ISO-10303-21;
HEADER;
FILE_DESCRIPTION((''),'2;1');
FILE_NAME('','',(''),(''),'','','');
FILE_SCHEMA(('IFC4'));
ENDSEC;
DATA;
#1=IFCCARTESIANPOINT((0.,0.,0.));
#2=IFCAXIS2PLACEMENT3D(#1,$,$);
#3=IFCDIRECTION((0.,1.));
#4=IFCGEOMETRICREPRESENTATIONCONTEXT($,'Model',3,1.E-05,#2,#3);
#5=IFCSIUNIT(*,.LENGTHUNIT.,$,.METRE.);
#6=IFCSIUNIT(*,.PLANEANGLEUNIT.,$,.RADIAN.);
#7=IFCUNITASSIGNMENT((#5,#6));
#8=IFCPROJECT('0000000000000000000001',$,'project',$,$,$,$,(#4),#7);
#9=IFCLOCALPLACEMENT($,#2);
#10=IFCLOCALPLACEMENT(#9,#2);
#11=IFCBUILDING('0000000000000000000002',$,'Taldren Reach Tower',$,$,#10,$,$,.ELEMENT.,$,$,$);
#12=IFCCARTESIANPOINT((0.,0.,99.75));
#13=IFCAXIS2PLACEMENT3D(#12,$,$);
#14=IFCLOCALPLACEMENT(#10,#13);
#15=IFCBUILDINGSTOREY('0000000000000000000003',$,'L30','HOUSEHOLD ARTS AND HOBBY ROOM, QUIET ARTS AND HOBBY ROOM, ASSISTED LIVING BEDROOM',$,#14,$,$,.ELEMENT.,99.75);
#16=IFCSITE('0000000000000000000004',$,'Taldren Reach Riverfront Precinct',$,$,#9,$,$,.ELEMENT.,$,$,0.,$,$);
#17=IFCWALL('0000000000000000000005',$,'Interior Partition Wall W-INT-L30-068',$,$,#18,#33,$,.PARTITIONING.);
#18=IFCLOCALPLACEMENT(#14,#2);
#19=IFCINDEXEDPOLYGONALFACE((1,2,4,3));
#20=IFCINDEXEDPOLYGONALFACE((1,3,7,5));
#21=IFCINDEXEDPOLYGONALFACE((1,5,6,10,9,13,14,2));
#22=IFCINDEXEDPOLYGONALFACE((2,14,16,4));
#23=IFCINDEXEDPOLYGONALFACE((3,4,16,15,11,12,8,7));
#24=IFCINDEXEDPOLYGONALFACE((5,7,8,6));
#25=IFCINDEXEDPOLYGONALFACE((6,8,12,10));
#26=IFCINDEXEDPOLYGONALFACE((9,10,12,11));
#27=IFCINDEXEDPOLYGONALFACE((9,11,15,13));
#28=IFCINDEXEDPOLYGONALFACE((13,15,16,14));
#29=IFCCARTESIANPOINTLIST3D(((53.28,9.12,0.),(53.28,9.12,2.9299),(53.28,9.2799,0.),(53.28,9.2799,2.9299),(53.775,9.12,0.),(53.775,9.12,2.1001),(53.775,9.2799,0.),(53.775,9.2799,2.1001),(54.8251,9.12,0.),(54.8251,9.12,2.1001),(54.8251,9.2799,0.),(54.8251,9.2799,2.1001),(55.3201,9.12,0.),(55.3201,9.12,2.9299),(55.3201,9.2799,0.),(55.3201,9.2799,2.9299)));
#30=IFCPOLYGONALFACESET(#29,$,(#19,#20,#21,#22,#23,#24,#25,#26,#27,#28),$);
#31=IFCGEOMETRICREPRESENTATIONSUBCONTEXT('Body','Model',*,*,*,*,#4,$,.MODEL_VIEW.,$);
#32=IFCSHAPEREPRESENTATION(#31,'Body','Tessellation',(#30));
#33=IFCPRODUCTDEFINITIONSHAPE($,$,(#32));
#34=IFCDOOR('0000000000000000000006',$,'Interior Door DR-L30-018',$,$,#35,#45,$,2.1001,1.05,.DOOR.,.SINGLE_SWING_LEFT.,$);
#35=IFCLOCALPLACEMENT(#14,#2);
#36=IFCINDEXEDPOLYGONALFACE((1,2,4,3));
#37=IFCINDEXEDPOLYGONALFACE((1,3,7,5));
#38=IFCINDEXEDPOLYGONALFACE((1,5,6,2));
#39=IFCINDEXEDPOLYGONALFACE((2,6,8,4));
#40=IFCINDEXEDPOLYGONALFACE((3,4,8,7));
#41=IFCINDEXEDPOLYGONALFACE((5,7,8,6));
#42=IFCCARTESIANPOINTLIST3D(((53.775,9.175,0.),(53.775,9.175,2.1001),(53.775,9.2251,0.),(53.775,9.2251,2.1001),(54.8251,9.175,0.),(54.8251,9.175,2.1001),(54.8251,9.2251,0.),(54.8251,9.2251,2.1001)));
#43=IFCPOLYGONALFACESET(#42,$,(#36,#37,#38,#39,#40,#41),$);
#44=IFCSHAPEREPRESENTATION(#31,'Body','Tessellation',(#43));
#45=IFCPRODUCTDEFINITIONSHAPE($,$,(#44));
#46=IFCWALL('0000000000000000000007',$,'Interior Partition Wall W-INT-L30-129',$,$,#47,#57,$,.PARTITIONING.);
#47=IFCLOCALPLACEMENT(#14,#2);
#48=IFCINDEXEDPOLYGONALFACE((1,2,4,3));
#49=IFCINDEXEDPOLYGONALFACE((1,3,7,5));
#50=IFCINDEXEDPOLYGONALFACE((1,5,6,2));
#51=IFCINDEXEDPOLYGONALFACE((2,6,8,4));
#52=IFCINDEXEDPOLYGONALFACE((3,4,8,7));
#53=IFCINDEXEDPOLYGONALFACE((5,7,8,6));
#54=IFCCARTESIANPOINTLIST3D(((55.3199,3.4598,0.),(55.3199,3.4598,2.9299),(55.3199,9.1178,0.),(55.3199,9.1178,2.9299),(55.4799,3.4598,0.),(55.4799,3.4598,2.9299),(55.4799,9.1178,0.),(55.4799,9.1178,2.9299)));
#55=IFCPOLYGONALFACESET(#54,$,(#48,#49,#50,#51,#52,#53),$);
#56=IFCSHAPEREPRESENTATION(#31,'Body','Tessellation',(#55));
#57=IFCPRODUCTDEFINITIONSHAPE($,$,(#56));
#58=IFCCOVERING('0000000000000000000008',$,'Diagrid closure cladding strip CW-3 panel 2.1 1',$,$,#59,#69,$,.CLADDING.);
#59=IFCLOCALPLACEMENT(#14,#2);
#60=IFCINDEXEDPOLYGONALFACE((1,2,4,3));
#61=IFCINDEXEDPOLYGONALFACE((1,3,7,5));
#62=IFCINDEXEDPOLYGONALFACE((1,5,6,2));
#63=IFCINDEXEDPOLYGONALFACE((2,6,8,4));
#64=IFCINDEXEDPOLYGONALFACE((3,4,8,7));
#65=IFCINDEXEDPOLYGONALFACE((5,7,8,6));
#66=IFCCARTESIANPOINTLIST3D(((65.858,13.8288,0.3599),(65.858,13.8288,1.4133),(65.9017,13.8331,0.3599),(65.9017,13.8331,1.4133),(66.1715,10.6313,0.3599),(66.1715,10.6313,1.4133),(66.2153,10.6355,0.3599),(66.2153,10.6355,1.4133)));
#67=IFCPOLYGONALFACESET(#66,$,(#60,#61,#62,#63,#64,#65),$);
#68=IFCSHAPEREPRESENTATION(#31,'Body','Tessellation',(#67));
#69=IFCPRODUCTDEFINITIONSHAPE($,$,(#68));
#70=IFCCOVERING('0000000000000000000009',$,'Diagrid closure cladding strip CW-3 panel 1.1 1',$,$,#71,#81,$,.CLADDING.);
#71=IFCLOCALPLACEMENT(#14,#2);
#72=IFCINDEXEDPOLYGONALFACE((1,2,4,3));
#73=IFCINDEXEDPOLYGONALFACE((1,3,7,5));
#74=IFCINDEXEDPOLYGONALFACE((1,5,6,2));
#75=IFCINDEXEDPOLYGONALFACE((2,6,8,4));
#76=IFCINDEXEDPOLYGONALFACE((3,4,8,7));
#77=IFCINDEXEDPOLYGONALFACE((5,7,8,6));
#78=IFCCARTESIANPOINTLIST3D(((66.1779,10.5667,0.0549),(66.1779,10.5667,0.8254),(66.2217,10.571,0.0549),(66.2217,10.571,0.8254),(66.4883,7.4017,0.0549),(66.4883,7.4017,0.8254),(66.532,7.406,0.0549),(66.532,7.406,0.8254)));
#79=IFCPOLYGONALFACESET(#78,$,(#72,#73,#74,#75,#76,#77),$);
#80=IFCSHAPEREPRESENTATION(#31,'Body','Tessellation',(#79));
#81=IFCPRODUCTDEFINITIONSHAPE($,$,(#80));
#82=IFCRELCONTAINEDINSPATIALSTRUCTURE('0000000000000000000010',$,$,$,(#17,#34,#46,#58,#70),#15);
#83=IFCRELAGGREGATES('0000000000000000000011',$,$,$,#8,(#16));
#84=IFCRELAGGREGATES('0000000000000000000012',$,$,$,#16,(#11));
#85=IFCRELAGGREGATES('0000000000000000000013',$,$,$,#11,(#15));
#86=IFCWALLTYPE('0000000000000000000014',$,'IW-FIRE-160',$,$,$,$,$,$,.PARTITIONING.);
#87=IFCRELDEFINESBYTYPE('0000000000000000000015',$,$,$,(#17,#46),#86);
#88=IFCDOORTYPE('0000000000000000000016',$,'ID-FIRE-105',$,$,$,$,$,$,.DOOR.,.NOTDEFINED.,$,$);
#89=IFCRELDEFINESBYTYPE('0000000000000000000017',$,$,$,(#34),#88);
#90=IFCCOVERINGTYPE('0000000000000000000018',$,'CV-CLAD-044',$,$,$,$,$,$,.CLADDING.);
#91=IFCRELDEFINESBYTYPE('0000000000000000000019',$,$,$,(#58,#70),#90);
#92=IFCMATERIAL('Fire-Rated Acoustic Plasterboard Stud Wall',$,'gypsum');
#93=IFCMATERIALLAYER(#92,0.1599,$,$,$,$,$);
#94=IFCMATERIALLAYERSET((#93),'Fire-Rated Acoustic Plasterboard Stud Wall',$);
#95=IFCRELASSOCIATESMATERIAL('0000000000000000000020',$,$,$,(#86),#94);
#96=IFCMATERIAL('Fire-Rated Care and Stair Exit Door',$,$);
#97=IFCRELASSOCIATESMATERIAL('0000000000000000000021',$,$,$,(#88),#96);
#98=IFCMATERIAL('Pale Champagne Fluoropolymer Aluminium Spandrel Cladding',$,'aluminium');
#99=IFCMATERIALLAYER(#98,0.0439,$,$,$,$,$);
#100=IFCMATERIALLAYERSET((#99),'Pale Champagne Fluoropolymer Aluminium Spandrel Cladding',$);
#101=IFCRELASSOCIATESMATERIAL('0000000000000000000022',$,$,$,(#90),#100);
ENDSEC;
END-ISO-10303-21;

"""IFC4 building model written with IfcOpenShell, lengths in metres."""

from ifc_helpers import new_model, si_unit, direction, frame, frame_2d, origin, origin_2d, place, context, subcontext, project, spatial, rectangle, extrude, source, transform, mapped, material, layer, layer_set, type_object, element, fill, save


model = new_model("IFC4")

# Units and contexts
model_context = context("Model", 3, precision=1e-05, world=origin(), true_north=direction((0.0, 1.0)))
body_context = subcontext(model_context, "Body", "Model", "MODEL_VIEW")
ifc_project = project(units=[si_unit("LENGTHUNIT", "METRE"), si_unit("PLANEANGLEUNIT", "RADIAN")], contexts=[model_context])

# Site, building, storey
site_placement = place(None, origin())
site = spatial("IfcSite", under=ifc_project, at=site_placement, Name="Taldren Reach Riverfront Precinct", CompositionType="ELEMENT", RefElevation=0.0)
building_placement = place(site_placement, origin())
building = spatial("IfcBuilding", under=site, at=building_placement, Name="Taldren Reach Tower", CompositionType="ELEMENT")
storey_placement = place(building_placement, frame((0.0, 0.0, 99.75)))
storey = spatial("IfcBuildingStorey", under=building, at=storey_placement, Name="L30", Description="HOUSEHOLD ARTS AND HOBBY ROOM, QUIET ARTS AND HOBBY ROOM, ASSISTED LIVING BEDROOM", CompositionType="ELEMENT", Elevation=99.75)

# Wall, opening, door
ifc_material_1 = material(Name="Fire-Rated Acoustic Plasterboard Stud Wall", Category="gypsum")
ifc_layer_1 = layer(ifc_material_1, 0.1599)
ifc_layer_set_1 = layer_set([ifc_layer_1], Name="Fire-Rated Acoustic Plasterboard Stud Wall")
wall_type = type_object("IfcWallType", Name="IW-FIRE-160", PredefinedType="PARTITIONING", material=ifc_layer_set_1)
shared_shape_1 = source(origin(), body_context, "Body", "SweptSolid", [
    extrude(rectangle(XDim=2.04, YDim=0.1599, at=frame_2d((1.02, 0.0))), origin(), (0.0, 0.0, 1.0), 2.9299),
])
wall_1_placement = place(storey_placement, frame((55.3201, 9.2, 0.0), z_axis=(0.0, 0.0, 1.0), x_axis=(-1.0, 0.0, 0.0)))
wall_1 = element("IfcWall", 1, at=wall_1_placement, inside=storey, type_object=wall_type, Name="Interior Partition Wall W-INT-L30-068", PredefinedType="PARTITIONING", context=body_context, shape_type="MappedRepresentation", body=[
    mapped(shared_shape_1, transform((0.0, 0.0, 0.0), scale=1.0)),
])
shared_shape_2 = source(origin(), body_context, "Body", "SweptSolid", [
    extrude(rectangle(XDim=1.05, YDim=2.1001, at=frame_2d((0.5249, 1.05))), frame((0.0, 0.0898, 0.0), z_axis=(0.0, -1.0, 0.0), x_axis=(1.0, 0.0, 0.0)), (0.0, 0.0, 1.0), 0.1799),
])
opening_placement = place(wall_1_placement, frame((0.4951, 0.0, 0.0)))
opening = element("IfcOpeningElement", 2, at=opening_placement, cuts=wall_1, PredefinedType="OPENING", context=body_context, shape_type="MappedRepresentation", body=[
    mapped(shared_shape_2, transform((0.0, 0.0, 0.0), scale=1.0)),
])
ifc_material_2 = material(Name="Fire-Rated Care and Stair Exit Door")
door_type = type_object("IfcDoorType", Name="ID-FIRE-105", OperationType="NOTDEFINED", PredefinedType="DOOR", material=ifc_material_2)
shared_shape_3 = source(origin(), body_context, "Body", "SweptSolid", [
    extrude(rectangle(XDim=1.05, YDim=2.1001, at=frame_2d((0.5249, 1.05))), frame((0.0, 0.0249, 0.0), z_axis=(0.0, -1.0, 0.0), x_axis=(1.0, 0.0, 0.0)), (0.0, 0.0, 1.0), 0.05),
])
door_placement = place(opening_placement, origin())
door = element("IfcDoor", 3, at=door_placement, inside=storey, type_object=door_type, Name="Interior Door DR-L30-018", OperationType="SINGLE_SWING_LEFT", OverallHeight=2.1001, OverallWidth=1.05, PredefinedType="DOOR", context=body_context, shape_type="MappedRepresentation", body=[
    mapped(shared_shape_3, transform((0.0, 0.0, 0.0), scale=1.0)),
])
fill(opening, door)

# Wall
shared_shape_4 = source(origin(), body_context, "Body", "SweptSolid", [
    extrude(rectangle(XDim=5.658, YDim=0.1599, at=frame_2d((2.8291, 0.0))), origin(), (0.0, 0.0, 1.0), 2.9299),
])
wall_2_placement = place(storey_placement, frame((55.3999, 9.1179, 0.0), z_axis=(0.0, 0.0, 1.0), x_axis=(0.0, -1.0, 0.0)))
element("IfcWall", 4, at=wall_2_placement, inside=storey, type_object=wall_type, Name="Interior Partition Wall W-INT-L30-129", PredefinedType="PARTITIONING", context=body_context, shape_type="MappedRepresentation", body=[
    mapped(shared_shape_4, transform((0.0, 0.0, 0.0), scale=1.0)),
])

# Coverings
ifc_material_3 = material(Name="Pale Champagne Fluoropolymer Aluminium Spandrel Cladding", Category="aluminium")
ifc_layer_2 = layer(ifc_material_3, 0.0439)
ifc_layer_set_2 = layer_set([ifc_layer_2], Name="Pale Champagne Fluoropolymer Aluminium Spandrel Cladding")
covering_type = type_object("IfcCoveringType", Name="CV-CLAD-044", PredefinedType="CLADDING", material=ifc_layer_set_2)
shared_shape_5 = source(origin(), body_context, "Body", "SweptSolid", [
    extrude(rectangle(XDim=3.2129, YDim=0.0439, at=origin_2d()), origin(), (0.0, 0.0, 1.0), 1.0535),
])
covering_1_placement = place(storey_placement, frame((66.0366, 12.2322, 0.3599), z_axis=(0.0, 0.0, 1.0), x_axis=(-0.097583, 0.995227, 0.0)))
element("IfcCovering", 5, at=covering_1_placement, inside=storey, type_object=covering_type, Name="Diagrid closure cladding strip CW-3 panel 2.1 1", PredefinedType="CLADDING", context=body_context, shape_type="MappedRepresentation", body=[
    mapped(shared_shape_5, transform((0.0, 0.0, 0.0), scale=1.0)),
])
shared_shape_6 = source(origin(), body_context, "Body", "SweptSolid", [
    extrude(rectangle(XDim=3.1802, YDim=0.0439, at=origin_2d()), origin(), (0.0, 0.0, 1.0), 0.7705),
])
covering_2_placement = place(storey_placement, frame((66.355, 8.9863, 0.0549), z_axis=(0.0, 0.0, 1.0), x_axis=(-0.097583, 0.995227, 0.0)))
element("IfcCovering", 6, at=covering_2_placement, inside=storey, type_object=covering_type, Name="Diagrid closure cladding strip CW-3 panel 1.1 1", PredefinedType="CLADDING", context=body_context, shape_type="MappedRepresentation", body=[
    mapped(shared_shape_6, transform((0.0, 0.0, 0.0), scale=1.0)),
])

save(model, "model.ifc")
